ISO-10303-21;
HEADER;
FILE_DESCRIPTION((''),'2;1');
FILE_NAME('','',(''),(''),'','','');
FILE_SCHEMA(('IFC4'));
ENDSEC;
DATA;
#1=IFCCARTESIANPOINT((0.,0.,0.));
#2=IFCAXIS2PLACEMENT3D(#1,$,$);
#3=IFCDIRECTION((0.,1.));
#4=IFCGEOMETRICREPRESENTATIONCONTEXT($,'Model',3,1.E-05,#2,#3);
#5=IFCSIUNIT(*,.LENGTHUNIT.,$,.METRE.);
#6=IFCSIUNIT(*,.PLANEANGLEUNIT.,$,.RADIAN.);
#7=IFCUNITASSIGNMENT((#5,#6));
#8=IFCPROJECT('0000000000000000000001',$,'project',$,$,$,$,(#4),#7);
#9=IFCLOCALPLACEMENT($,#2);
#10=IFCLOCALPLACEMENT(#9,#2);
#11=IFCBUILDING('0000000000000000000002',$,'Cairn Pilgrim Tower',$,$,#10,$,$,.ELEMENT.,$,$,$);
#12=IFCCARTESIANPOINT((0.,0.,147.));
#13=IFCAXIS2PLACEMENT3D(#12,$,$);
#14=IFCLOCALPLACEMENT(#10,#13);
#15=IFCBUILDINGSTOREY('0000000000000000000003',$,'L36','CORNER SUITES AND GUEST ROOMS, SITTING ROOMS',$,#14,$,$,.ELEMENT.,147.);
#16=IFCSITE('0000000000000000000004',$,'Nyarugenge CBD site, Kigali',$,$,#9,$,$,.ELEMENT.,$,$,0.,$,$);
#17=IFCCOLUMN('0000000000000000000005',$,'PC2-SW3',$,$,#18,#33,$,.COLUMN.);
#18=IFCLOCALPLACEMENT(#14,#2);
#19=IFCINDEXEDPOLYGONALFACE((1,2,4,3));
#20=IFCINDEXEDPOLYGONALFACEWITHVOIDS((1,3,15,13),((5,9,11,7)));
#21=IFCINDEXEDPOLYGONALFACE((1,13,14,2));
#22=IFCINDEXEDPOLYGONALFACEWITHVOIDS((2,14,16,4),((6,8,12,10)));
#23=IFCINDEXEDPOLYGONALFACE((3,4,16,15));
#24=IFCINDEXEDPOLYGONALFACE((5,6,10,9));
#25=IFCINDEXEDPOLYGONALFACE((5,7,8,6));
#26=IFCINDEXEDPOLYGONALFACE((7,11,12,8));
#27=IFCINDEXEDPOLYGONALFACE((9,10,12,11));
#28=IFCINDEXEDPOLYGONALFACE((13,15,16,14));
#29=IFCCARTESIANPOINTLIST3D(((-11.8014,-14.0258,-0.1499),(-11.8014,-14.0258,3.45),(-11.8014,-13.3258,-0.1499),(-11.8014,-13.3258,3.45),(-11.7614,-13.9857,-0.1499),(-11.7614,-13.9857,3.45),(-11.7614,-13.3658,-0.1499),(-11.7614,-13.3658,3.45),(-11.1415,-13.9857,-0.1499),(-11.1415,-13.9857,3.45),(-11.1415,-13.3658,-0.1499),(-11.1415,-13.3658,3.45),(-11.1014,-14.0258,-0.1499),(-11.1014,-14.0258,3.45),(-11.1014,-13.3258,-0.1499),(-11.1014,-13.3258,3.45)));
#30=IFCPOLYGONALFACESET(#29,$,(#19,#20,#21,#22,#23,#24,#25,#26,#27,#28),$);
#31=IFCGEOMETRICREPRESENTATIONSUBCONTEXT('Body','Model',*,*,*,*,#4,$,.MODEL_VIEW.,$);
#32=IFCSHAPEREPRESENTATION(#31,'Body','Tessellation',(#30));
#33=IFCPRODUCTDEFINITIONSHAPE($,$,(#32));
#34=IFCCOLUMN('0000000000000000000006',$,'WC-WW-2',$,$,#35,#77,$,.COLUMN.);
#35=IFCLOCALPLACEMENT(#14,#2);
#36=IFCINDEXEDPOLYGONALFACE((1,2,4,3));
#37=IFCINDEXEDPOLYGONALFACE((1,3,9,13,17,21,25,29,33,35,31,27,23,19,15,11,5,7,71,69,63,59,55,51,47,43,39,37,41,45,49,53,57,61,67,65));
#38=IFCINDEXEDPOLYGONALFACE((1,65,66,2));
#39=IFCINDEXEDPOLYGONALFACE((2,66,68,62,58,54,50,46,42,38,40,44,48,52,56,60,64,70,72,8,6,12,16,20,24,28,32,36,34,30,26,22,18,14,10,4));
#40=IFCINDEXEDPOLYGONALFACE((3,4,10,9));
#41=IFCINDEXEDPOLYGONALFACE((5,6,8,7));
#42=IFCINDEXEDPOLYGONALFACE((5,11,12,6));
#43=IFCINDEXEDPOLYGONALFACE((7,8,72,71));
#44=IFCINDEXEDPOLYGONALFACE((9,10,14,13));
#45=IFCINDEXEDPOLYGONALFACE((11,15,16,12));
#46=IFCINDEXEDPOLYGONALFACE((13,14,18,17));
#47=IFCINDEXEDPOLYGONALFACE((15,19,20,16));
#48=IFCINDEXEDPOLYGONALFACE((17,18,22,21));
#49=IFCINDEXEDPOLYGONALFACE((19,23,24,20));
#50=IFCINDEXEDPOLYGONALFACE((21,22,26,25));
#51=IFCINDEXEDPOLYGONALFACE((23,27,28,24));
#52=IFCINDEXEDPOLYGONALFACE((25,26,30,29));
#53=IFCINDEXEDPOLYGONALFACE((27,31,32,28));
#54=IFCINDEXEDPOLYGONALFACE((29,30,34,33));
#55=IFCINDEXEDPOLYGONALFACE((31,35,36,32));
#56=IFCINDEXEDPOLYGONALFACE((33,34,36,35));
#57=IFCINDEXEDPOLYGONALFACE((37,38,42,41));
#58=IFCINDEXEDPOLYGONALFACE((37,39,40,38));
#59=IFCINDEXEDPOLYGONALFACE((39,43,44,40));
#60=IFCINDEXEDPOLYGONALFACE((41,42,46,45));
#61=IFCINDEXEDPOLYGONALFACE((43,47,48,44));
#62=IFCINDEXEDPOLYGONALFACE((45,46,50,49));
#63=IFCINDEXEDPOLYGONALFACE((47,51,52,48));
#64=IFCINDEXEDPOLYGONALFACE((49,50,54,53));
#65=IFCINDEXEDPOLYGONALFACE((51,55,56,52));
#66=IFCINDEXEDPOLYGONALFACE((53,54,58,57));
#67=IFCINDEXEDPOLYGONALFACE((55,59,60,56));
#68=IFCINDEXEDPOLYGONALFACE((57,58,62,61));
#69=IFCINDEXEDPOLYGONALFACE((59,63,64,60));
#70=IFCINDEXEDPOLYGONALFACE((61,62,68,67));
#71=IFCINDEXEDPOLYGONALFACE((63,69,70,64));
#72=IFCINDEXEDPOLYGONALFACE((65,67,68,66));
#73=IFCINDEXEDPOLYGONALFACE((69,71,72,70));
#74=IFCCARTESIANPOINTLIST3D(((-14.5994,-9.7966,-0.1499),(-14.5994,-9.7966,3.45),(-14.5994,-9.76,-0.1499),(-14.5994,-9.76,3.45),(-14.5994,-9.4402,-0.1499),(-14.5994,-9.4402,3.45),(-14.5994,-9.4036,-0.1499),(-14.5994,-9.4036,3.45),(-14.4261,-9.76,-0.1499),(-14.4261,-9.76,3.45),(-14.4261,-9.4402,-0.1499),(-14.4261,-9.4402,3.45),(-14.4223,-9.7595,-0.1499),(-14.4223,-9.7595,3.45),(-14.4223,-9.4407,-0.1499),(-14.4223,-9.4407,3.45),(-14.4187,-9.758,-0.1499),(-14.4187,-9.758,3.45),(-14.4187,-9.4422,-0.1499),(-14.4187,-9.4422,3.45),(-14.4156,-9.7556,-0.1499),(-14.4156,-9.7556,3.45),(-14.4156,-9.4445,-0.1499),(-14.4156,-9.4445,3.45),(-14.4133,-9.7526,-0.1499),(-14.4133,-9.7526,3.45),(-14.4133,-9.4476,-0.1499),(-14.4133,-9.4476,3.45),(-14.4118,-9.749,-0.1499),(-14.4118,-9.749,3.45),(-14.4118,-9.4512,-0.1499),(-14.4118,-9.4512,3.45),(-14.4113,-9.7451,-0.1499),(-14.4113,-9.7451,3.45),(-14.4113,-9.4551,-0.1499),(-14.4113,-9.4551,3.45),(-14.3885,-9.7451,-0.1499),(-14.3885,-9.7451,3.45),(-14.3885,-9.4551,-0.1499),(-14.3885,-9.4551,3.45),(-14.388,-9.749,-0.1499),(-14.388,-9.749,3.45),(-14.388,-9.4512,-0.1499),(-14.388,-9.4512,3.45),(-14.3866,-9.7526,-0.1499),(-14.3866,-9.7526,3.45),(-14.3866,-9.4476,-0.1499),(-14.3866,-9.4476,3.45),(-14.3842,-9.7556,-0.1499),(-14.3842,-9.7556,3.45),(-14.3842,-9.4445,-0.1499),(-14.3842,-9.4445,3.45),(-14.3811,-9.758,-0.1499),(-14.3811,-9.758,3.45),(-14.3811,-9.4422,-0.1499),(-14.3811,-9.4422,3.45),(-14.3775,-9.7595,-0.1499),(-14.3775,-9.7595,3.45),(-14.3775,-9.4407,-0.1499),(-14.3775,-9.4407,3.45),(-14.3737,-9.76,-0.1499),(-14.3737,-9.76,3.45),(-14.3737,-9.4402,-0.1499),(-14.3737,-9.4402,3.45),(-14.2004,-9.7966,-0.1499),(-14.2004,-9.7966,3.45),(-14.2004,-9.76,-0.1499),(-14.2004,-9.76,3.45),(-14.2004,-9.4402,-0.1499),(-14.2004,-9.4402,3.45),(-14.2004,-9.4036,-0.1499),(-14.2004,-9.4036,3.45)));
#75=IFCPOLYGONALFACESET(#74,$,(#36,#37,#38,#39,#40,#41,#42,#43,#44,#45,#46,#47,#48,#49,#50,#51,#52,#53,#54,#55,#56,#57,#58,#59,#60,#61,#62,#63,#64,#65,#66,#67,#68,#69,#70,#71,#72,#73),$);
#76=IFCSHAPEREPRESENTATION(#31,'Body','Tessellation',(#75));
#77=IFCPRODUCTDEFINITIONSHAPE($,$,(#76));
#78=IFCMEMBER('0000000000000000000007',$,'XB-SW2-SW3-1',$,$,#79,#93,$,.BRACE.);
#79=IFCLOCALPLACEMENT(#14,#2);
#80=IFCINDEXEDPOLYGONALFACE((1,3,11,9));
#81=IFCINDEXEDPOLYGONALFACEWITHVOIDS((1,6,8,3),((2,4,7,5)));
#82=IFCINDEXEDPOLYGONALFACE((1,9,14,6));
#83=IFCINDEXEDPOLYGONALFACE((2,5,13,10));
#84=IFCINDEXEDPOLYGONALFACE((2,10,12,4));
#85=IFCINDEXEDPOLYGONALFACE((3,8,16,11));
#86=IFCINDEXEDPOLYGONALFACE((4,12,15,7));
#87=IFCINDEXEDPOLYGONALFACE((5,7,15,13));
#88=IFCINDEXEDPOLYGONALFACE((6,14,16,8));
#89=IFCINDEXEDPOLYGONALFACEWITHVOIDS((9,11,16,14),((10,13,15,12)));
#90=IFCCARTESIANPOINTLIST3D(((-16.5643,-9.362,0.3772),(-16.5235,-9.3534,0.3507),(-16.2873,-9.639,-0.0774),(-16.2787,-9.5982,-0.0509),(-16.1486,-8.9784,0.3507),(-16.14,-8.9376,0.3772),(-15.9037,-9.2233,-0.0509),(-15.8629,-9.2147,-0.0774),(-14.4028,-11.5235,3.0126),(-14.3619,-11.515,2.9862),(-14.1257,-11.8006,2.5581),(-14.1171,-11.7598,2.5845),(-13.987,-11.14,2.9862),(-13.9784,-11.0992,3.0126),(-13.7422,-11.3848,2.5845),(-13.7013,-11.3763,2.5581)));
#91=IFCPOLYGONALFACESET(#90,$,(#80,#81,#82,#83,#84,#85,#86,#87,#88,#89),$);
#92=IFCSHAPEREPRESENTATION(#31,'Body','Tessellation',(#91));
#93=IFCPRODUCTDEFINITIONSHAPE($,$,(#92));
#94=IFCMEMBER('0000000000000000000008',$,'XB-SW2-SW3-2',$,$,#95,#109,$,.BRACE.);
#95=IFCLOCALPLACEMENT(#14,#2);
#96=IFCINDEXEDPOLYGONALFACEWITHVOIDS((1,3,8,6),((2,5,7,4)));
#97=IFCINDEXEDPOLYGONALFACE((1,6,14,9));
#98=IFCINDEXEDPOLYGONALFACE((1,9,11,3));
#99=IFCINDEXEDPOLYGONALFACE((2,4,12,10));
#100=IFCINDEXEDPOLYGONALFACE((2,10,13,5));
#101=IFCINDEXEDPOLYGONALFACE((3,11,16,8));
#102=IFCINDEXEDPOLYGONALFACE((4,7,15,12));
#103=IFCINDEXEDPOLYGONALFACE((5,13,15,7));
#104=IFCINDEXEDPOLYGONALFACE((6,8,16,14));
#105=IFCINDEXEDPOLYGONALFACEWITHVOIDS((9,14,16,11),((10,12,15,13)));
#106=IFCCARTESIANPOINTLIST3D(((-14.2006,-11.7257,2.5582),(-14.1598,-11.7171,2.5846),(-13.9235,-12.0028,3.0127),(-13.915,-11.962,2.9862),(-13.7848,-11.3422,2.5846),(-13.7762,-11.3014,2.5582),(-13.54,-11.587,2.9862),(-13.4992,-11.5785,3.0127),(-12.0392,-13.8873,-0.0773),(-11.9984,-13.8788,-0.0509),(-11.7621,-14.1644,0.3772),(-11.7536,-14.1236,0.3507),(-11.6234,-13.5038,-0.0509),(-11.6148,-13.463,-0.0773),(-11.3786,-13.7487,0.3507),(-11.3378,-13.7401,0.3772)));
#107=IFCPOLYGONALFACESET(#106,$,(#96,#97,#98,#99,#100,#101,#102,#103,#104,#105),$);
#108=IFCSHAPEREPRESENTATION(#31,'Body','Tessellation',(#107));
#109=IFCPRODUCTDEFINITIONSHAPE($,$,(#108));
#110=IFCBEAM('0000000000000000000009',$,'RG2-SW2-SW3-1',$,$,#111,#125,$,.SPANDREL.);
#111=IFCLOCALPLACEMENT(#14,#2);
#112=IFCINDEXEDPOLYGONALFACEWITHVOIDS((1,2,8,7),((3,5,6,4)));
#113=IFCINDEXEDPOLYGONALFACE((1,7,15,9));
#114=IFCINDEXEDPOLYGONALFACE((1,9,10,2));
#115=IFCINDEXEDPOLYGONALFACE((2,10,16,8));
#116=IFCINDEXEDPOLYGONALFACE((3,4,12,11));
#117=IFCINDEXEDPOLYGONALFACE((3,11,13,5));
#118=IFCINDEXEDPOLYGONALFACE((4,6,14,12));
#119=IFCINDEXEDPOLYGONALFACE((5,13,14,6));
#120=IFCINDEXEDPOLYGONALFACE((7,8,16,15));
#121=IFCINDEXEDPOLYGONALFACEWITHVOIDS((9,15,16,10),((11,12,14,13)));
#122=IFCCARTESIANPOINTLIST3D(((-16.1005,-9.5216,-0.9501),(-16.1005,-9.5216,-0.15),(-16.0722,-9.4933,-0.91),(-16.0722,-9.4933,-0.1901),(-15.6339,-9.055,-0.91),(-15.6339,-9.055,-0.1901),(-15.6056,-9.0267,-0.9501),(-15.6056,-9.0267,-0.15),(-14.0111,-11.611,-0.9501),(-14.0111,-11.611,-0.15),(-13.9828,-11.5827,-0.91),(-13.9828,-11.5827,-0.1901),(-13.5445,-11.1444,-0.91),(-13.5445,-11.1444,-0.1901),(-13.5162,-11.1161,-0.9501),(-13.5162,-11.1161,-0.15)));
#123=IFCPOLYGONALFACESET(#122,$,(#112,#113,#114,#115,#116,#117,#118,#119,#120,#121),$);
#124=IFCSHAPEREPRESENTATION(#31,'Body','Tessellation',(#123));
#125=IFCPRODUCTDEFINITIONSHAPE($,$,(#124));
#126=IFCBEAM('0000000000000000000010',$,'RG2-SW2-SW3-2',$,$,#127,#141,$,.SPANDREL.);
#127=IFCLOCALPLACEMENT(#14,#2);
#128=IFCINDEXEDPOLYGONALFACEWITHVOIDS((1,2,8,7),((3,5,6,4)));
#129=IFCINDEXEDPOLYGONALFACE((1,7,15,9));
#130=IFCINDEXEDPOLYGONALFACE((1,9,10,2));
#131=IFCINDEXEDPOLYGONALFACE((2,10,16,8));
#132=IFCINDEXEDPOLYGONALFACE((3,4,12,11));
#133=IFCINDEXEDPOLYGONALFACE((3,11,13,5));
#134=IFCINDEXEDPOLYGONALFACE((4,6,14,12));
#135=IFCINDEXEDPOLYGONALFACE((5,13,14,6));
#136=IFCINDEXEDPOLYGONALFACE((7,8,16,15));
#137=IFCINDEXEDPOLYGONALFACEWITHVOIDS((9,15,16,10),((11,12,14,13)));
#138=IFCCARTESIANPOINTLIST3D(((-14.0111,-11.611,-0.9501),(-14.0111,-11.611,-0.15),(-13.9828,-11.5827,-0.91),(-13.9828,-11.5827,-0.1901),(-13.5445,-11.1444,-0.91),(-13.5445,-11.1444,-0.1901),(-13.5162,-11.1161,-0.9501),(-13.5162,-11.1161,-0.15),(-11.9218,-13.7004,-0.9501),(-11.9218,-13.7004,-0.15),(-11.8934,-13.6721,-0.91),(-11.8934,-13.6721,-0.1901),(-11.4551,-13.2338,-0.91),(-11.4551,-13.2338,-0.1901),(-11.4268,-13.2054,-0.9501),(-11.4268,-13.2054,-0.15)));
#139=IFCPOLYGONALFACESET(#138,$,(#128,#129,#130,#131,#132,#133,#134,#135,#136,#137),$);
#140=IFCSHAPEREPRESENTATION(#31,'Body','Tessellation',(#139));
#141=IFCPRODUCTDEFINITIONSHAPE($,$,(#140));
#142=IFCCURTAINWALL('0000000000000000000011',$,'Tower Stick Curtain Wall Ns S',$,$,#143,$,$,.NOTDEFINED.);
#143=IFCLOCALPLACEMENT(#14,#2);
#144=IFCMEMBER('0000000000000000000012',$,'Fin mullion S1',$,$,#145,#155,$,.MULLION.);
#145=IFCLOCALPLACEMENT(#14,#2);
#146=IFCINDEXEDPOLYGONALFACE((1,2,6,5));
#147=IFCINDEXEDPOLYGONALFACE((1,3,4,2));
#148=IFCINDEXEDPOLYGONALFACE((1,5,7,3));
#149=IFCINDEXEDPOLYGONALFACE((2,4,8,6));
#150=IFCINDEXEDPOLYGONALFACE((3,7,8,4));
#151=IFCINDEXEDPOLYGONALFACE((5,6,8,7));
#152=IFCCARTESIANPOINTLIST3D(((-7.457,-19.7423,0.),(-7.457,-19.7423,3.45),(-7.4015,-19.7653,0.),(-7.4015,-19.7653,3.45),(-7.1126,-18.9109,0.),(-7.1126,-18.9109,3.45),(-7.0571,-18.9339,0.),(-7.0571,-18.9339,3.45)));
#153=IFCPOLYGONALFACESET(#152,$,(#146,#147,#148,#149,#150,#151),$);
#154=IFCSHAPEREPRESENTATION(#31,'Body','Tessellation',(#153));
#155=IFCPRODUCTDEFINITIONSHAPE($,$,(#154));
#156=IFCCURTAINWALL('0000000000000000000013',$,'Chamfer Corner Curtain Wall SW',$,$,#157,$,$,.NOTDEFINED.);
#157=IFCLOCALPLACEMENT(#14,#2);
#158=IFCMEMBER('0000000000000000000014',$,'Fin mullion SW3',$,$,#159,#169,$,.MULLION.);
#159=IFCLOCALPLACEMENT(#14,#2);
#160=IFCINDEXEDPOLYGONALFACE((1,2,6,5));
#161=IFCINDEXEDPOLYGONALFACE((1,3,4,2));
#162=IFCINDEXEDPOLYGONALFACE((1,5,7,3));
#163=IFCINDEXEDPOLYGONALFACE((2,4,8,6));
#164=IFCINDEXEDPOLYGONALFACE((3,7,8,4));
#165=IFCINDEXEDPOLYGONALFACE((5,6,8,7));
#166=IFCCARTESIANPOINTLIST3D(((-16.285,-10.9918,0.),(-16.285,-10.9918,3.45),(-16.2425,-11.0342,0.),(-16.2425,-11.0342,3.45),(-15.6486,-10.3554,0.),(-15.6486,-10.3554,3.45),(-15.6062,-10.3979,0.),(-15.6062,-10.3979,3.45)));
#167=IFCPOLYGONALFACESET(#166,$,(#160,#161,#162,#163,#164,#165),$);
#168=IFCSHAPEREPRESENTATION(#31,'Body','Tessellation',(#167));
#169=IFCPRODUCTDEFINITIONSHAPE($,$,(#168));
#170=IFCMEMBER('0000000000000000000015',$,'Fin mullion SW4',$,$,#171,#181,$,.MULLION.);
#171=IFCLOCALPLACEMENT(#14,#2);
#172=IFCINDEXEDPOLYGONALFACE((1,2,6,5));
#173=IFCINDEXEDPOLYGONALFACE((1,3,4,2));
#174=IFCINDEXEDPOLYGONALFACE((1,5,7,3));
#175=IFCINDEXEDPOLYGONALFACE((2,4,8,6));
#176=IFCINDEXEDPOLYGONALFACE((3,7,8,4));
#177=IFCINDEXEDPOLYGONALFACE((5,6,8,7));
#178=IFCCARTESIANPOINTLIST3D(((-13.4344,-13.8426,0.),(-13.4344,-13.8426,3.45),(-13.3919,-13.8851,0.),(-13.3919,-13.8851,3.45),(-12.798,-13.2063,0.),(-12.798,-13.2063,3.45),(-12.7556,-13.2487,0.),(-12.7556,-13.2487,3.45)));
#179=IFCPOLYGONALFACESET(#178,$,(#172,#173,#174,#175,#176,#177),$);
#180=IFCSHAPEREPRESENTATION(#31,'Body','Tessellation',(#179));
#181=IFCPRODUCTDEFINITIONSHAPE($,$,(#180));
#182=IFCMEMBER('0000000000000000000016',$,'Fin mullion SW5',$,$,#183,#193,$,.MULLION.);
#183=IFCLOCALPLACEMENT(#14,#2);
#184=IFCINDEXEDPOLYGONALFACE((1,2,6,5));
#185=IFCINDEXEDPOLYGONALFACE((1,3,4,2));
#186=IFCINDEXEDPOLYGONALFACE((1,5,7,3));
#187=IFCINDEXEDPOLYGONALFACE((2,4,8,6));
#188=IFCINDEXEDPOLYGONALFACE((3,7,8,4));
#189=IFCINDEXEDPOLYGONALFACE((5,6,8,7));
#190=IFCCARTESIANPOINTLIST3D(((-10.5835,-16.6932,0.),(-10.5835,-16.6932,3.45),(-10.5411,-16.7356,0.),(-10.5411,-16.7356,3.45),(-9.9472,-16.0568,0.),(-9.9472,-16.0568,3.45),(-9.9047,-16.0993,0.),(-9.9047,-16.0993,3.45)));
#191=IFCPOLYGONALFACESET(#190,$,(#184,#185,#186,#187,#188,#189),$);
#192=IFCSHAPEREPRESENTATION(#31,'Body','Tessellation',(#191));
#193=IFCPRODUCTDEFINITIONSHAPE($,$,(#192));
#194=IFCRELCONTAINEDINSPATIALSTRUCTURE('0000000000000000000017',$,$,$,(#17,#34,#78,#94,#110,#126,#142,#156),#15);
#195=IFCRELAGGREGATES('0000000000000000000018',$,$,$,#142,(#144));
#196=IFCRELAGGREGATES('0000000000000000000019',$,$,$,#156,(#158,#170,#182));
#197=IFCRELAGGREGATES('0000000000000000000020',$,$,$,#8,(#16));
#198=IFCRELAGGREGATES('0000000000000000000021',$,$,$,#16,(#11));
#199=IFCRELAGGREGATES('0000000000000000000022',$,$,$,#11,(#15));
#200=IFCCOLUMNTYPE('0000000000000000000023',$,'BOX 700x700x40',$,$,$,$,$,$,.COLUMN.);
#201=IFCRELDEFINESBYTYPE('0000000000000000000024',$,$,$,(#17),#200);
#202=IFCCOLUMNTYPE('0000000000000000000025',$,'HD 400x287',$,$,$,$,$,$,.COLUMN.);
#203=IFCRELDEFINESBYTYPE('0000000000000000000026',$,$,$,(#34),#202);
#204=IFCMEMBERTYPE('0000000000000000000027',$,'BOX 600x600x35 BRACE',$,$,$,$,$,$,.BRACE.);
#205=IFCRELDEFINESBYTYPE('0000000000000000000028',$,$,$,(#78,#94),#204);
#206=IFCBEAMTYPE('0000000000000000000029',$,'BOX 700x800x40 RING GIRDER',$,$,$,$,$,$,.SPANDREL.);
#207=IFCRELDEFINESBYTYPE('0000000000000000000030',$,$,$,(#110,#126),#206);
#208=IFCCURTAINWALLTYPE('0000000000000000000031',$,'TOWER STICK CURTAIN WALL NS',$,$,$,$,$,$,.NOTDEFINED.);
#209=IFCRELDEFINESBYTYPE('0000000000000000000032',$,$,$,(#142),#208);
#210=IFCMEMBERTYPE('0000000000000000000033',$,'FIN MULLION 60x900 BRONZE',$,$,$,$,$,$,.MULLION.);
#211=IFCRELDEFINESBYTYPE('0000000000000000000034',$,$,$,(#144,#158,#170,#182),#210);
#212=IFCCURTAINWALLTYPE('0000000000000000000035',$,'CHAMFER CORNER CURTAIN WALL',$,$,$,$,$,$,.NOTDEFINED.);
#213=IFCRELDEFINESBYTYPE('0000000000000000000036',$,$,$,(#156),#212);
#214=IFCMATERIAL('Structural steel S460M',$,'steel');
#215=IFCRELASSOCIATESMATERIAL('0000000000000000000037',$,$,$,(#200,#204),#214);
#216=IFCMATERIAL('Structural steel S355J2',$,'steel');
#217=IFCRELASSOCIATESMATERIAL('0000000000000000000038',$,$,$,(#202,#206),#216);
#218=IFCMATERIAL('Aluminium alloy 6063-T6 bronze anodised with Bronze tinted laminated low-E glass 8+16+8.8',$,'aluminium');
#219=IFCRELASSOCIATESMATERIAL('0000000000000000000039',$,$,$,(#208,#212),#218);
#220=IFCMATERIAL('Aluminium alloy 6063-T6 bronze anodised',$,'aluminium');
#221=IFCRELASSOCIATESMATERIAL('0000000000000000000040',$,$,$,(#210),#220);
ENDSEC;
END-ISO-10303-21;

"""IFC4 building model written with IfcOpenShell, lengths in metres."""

from ifc_helpers import new_model, si_unit, direction, frame, origin, origin_2d, place, context, subcontext, project, spatial, rectangle, hollow_rectangle, i_section, extrude, material, material_profile, profile_set, type_object, element, aggregate, save


model = new_model("IFC4")

# Units and contexts
model_context = context("Model", 3, precision=1e-05, world=origin(), true_north=direction((0.0, 1.0)))
body_context = subcontext(model_context, "Body", "Model", "MODEL_VIEW")
ifc_project = project(units=[si_unit("LENGTHUNIT", "METRE"), si_unit("PLANEANGLEUNIT", "RADIAN")], contexts=[model_context])

# Site, building, storey
site_placement = place(None, origin())
site = spatial("IfcSite", under=ifc_project, at=site_placement, Name="Nyarugenge CBD site, Kigali", CompositionType="ELEMENT", RefElevation=0.0)
building_placement = place(site_placement, origin())
building = spatial("IfcBuilding", under=site, at=building_placement, Name="Cairn Pilgrim Tower", CompositionType="ELEMENT")
storey_placement = place(building_placement, frame((0.0, 0.0, 147.0)))
storey = spatial("IfcBuildingStorey", under=building, at=storey_placement, Name="L36", Description="CORNER SUITES AND GUEST ROOMS, SITTING ROOMS", CompositionType="ELEMENT", Elevation=147.0)

# Columns
ifc_material_1 = material(Name="Structural steel S460M", Category="steel")
ifc_material_profile_1 = material_profile(ifc_material_1, hollow_rectangle(XDim=0.7, YDim=0.7, WallThickness=0.04, at=origin_2d()), Name="BOX 700x700x40")
ifc_profile_set_1 = profile_set([ifc_material_profile_1], Name="Structural steel S460M")
column_type_1 = type_object("IfcColumnType", Name="BOX 700x700x40", PredefinedType="COLUMN", material=ifc_profile_set_1)
column_1_placement = place(storey_placement, frame((-11.4514, -13.6758, -0.1499), z_axis=(0.0, 0.0, 1.0), x_axis=(1.0, 0.0, 0.0)))
element("IfcColumn", 1, at=column_1_placement, inside=storey, type_object=column_type_1, Name="PC2-SW3", PredefinedType="COLUMN", context=body_context, shape_type="SweptSolid", body=[
    extrude(hollow_rectangle(XDim=0.7, YDim=0.7, WallThickness=0.04, at=origin_2d()), origin(), (0.0, 0.0, 1.0), 3.5999),
])
ifc_material_2 = material(Name="Structural steel S355J2", Category="steel")
ifc_material_profile_2 = material_profile(ifc_material_2, i_section(OverallWidth=0.3989, OverallDepth=0.3931, WebThickness=0.0227, FlangeThickness=0.0366, FilletRadius=0.0149, at=origin_2d()), Name="HD 400x287")
ifc_profile_set_2 = profile_set([ifc_material_profile_2], Name="Structural steel S355J2")
column_type_2 = type_object("IfcColumnType", Name="HD 400x287", PredefinedType="COLUMN", material=ifc_profile_set_2)
column_2_placement = place(storey_placement, frame((-14.3999, -9.6001, -0.1499), z_axis=(0.0, 0.0, 1.0), x_axis=(1.0, 0.0, 0.0)))
element("IfcColumn", 2, at=column_2_placement, inside=storey, type_object=column_type_2, Name="WC-WW-2", PredefinedType="COLUMN", context=body_context, shape_type="SweptSolid", body=[
    extrude(i_section(OverallWidth=0.3989, OverallDepth=0.3931, WebThickness=0.0227, FlangeThickness=0.0366, FilletRadius=0.0149, at=origin_2d()), origin(), (0.0, 0.0, 1.0), 3.5999),
])

# Members
ifc_material_profile_3 = material_profile(ifc_material_1, hollow_rectangle(XDim=0.6001, YDim=0.6001, WallThickness=0.0349, at=origin_2d()), Name="BOX 600x600x35")
ifc_profile_set_3 = profile_set([ifc_material_profile_3], Name="Structural steel S460M")
member_type_1 = type_object("IfcMemberType", Name="BOX 600x600x35 BRACE", PredefinedType="BRACE", material=ifc_profile_set_3)
for number, where, z_axis, x_axis, name in (
    (3, (-16.2136, -9.2883, 0.1499), (0.535556, -0.535556, 0.652962), (0.707107, 0.707107, 0.0), "XB-SW2-SW3-1"),
    (4, (-11.6885, -13.8137, 0.1499), (-0.535513, 0.535573, 0.652983), (-0.707147, -0.707067, 0.0), "XB-SW2-SW3-2"),
):
    element("IfcMember", number, at=place(storey_placement, frame(where, z_axis=z_axis, x_axis=x_axis)), inside=storey, type_object=member_type_1, Name=name, PredefinedType="BRACE", context=body_context, shape_type="SweptSolid", body=[
        extrude(hollow_rectangle(XDim=0.6001, YDim=0.6001, WallThickness=0.0349, at=origin_2d()), origin(), (0.0, 0.0, 1.0), 4.0361),
    ])

# Beams
ifc_material_profile_4 = material_profile(ifc_material_2, hollow_rectangle(XDim=0.7, YDim=0.8, WallThickness=0.04, at=origin_2d()), Name="BOX 700x800x40")
ifc_profile_set_4 = profile_set([ifc_material_profile_4], Name="Structural steel S355J2")
beam_type_1 = type_object("IfcBeamType", Name="BOX 700x800x40 RING GIRDER", PredefinedType="SPANDREL", material=ifc_profile_set_4)
for number, where, z_axis, x_axis, name in (
    (5, (-15.853, -9.2742, -0.55), (0.707107, -0.707107, 0.0), (0.707107, 0.707107, 0.0), "RG2-SW2-SW3-1"),
    (6, (-13.7637, -11.3635, -0.55), (0.707107, -0.707107, 0.0), (0.707107, 0.707107, 0.0), "RG2-SW2-SW3-2"),
):
    element("IfcBeam", number, at=place(storey_placement, frame(where, z_axis=z_axis, x_axis=x_axis)), inside=storey, type_object=beam_type_1, Name=name, PredefinedType="SPANDREL", context=body_context, shape_type="SweptSolid", body=[
        extrude(hollow_rectangle(XDim=0.7, YDim=0.8, WallThickness=0.04, at=origin_2d()), origin(), (0.0, 0.0, 1.0), 2.9548),
    ])

# Curtain wall, member
ifc_material_3 = material(Name="Aluminium alloy 6063-T6 bronze anodised with Bronze tinted laminated low-E glass 8+16+8.8", Category="aluminium")
curtain_wall_type_1 = type_object("IfcCurtainWallType", Name="TOWER STICK CURTAIN WALL NS", PredefinedType="NOTDEFINED", material=ifc_material_3)
curtain_wall_1_placement = place(storey_placement, origin())
curtain_wall_1 = element("IfcCurtainWall", 7, at=curtain_wall_1_placement, inside=storey, type_object=curtain_wall_type_1, Name="Tower Stick Curtain Wall Ns S", PredefinedType="NOTDEFINED")
ifc_material_4 = material(Name="Aluminium alloy 6063-T6 bronze anodised", Category="aluminium")
ifc_material_profile_5 = material_profile(ifc_material_4, rectangle(XDim=0.8999, YDim=0.0601, at=origin_2d()), Name="FIN MULLION 60x900 BRONZE")
ifc_profile_set_5 = profile_set([ifc_material_profile_5], Name="Aluminium alloy 6063-T6 bronze anodised")
member_type_2 = type_object("IfcMemberType", Name="FIN MULLION 60x900 BRONZE", PredefinedType="MULLION", material=ifc_profile_set_5)
member_1_placement = place(storey_placement, frame((-7.2571, -19.3381, 0.0), z_axis=(0.0, 0.0, 1.0), x_axis=(-0.382683, -0.92388, 0.0)))
member_1 = element("IfcMember", 8, at=member_1_placement, type_object=member_type_2, Name="Fin mullion S1", PredefinedType="MULLION", context=body_context, shape_type="SweptSolid", body=[
    extrude(rectangle(XDim=0.8999, YDim=0.0601, at=origin_2d()), origin(), (0.0, 0.0, 1.0), 3.45),
])
aggregate(curtain_wall_1, [member_1])

# Curtain wall, members
curtain_wall_type_2 = type_object("IfcCurtainWallType", Name="CHAMFER CORNER CURTAIN WALL", PredefinedType="NOTDEFINED", material=ifc_material_3)
curtain_wall_2_placement = place(storey_placement, origin())
curtain_wall_2 = element("IfcCurtainWall", 9, at=curtain_wall_2_placement, inside=storey, type_object=curtain_wall_type_2, Name="Chamfer Corner Curtain Wall SW", PredefinedType="NOTDEFINED")
member_2_placement = place(storey_placement, frame((-15.9456, -10.6948, 0.0), z_axis=(0.0, 0.0, 1.0), x_axis=(-0.707107, -0.707107, 0.0)))
member_2 = element("IfcMember", 10, at=member_2_placement, type_object=member_type_2, Name="Fin mullion SW3", PredefinedType="MULLION", context=body_context, shape_type="SweptSolid", body=[
    extrude(rectangle(XDim=0.8999, YDim=0.0601, at=origin_2d()), origin(), (0.0, 0.0, 1.0), 3.45),
])
member_3_placement = place(storey_placement, frame((-13.095, -13.5457, 0.0), z_axis=(0.0, 0.0, 1.0), x_axis=(-0.707107, -0.707107, 0.0)))
member_3 = element("IfcMember", 11, at=member_3_placement, type_object=member_type_2, Name="Fin mullion SW4", PredefinedType="MULLION", context=body_context, shape_type="SweptSolid", body=[
    extrude(rectangle(XDim=0.8999, YDim=0.0601, at=origin_2d()), origin(), (0.0, 0.0, 1.0), 3.45),
])
member_4_placement = place(storey_placement, frame((-10.2441, -16.3962, 0.0), z_axis=(0.0, 0.0, 1.0), x_axis=(-0.707107, -0.707107, 0.0)))
member_4 = element("IfcMember", 12, at=member_4_placement, type_object=member_type_2, Name="Fin mullion SW5", PredefinedType="MULLION", context=body_context, shape_type="SweptSolid", body=[
    extrude(rectangle(XDim=0.8999, YDim=0.0601, at=origin_2d()), origin(), (0.0, 0.0, 1.0), 3.45),
])

aggregate(curtain_wall_2, [member_2, member_3, member_4])

save(model, "model.ifc")
